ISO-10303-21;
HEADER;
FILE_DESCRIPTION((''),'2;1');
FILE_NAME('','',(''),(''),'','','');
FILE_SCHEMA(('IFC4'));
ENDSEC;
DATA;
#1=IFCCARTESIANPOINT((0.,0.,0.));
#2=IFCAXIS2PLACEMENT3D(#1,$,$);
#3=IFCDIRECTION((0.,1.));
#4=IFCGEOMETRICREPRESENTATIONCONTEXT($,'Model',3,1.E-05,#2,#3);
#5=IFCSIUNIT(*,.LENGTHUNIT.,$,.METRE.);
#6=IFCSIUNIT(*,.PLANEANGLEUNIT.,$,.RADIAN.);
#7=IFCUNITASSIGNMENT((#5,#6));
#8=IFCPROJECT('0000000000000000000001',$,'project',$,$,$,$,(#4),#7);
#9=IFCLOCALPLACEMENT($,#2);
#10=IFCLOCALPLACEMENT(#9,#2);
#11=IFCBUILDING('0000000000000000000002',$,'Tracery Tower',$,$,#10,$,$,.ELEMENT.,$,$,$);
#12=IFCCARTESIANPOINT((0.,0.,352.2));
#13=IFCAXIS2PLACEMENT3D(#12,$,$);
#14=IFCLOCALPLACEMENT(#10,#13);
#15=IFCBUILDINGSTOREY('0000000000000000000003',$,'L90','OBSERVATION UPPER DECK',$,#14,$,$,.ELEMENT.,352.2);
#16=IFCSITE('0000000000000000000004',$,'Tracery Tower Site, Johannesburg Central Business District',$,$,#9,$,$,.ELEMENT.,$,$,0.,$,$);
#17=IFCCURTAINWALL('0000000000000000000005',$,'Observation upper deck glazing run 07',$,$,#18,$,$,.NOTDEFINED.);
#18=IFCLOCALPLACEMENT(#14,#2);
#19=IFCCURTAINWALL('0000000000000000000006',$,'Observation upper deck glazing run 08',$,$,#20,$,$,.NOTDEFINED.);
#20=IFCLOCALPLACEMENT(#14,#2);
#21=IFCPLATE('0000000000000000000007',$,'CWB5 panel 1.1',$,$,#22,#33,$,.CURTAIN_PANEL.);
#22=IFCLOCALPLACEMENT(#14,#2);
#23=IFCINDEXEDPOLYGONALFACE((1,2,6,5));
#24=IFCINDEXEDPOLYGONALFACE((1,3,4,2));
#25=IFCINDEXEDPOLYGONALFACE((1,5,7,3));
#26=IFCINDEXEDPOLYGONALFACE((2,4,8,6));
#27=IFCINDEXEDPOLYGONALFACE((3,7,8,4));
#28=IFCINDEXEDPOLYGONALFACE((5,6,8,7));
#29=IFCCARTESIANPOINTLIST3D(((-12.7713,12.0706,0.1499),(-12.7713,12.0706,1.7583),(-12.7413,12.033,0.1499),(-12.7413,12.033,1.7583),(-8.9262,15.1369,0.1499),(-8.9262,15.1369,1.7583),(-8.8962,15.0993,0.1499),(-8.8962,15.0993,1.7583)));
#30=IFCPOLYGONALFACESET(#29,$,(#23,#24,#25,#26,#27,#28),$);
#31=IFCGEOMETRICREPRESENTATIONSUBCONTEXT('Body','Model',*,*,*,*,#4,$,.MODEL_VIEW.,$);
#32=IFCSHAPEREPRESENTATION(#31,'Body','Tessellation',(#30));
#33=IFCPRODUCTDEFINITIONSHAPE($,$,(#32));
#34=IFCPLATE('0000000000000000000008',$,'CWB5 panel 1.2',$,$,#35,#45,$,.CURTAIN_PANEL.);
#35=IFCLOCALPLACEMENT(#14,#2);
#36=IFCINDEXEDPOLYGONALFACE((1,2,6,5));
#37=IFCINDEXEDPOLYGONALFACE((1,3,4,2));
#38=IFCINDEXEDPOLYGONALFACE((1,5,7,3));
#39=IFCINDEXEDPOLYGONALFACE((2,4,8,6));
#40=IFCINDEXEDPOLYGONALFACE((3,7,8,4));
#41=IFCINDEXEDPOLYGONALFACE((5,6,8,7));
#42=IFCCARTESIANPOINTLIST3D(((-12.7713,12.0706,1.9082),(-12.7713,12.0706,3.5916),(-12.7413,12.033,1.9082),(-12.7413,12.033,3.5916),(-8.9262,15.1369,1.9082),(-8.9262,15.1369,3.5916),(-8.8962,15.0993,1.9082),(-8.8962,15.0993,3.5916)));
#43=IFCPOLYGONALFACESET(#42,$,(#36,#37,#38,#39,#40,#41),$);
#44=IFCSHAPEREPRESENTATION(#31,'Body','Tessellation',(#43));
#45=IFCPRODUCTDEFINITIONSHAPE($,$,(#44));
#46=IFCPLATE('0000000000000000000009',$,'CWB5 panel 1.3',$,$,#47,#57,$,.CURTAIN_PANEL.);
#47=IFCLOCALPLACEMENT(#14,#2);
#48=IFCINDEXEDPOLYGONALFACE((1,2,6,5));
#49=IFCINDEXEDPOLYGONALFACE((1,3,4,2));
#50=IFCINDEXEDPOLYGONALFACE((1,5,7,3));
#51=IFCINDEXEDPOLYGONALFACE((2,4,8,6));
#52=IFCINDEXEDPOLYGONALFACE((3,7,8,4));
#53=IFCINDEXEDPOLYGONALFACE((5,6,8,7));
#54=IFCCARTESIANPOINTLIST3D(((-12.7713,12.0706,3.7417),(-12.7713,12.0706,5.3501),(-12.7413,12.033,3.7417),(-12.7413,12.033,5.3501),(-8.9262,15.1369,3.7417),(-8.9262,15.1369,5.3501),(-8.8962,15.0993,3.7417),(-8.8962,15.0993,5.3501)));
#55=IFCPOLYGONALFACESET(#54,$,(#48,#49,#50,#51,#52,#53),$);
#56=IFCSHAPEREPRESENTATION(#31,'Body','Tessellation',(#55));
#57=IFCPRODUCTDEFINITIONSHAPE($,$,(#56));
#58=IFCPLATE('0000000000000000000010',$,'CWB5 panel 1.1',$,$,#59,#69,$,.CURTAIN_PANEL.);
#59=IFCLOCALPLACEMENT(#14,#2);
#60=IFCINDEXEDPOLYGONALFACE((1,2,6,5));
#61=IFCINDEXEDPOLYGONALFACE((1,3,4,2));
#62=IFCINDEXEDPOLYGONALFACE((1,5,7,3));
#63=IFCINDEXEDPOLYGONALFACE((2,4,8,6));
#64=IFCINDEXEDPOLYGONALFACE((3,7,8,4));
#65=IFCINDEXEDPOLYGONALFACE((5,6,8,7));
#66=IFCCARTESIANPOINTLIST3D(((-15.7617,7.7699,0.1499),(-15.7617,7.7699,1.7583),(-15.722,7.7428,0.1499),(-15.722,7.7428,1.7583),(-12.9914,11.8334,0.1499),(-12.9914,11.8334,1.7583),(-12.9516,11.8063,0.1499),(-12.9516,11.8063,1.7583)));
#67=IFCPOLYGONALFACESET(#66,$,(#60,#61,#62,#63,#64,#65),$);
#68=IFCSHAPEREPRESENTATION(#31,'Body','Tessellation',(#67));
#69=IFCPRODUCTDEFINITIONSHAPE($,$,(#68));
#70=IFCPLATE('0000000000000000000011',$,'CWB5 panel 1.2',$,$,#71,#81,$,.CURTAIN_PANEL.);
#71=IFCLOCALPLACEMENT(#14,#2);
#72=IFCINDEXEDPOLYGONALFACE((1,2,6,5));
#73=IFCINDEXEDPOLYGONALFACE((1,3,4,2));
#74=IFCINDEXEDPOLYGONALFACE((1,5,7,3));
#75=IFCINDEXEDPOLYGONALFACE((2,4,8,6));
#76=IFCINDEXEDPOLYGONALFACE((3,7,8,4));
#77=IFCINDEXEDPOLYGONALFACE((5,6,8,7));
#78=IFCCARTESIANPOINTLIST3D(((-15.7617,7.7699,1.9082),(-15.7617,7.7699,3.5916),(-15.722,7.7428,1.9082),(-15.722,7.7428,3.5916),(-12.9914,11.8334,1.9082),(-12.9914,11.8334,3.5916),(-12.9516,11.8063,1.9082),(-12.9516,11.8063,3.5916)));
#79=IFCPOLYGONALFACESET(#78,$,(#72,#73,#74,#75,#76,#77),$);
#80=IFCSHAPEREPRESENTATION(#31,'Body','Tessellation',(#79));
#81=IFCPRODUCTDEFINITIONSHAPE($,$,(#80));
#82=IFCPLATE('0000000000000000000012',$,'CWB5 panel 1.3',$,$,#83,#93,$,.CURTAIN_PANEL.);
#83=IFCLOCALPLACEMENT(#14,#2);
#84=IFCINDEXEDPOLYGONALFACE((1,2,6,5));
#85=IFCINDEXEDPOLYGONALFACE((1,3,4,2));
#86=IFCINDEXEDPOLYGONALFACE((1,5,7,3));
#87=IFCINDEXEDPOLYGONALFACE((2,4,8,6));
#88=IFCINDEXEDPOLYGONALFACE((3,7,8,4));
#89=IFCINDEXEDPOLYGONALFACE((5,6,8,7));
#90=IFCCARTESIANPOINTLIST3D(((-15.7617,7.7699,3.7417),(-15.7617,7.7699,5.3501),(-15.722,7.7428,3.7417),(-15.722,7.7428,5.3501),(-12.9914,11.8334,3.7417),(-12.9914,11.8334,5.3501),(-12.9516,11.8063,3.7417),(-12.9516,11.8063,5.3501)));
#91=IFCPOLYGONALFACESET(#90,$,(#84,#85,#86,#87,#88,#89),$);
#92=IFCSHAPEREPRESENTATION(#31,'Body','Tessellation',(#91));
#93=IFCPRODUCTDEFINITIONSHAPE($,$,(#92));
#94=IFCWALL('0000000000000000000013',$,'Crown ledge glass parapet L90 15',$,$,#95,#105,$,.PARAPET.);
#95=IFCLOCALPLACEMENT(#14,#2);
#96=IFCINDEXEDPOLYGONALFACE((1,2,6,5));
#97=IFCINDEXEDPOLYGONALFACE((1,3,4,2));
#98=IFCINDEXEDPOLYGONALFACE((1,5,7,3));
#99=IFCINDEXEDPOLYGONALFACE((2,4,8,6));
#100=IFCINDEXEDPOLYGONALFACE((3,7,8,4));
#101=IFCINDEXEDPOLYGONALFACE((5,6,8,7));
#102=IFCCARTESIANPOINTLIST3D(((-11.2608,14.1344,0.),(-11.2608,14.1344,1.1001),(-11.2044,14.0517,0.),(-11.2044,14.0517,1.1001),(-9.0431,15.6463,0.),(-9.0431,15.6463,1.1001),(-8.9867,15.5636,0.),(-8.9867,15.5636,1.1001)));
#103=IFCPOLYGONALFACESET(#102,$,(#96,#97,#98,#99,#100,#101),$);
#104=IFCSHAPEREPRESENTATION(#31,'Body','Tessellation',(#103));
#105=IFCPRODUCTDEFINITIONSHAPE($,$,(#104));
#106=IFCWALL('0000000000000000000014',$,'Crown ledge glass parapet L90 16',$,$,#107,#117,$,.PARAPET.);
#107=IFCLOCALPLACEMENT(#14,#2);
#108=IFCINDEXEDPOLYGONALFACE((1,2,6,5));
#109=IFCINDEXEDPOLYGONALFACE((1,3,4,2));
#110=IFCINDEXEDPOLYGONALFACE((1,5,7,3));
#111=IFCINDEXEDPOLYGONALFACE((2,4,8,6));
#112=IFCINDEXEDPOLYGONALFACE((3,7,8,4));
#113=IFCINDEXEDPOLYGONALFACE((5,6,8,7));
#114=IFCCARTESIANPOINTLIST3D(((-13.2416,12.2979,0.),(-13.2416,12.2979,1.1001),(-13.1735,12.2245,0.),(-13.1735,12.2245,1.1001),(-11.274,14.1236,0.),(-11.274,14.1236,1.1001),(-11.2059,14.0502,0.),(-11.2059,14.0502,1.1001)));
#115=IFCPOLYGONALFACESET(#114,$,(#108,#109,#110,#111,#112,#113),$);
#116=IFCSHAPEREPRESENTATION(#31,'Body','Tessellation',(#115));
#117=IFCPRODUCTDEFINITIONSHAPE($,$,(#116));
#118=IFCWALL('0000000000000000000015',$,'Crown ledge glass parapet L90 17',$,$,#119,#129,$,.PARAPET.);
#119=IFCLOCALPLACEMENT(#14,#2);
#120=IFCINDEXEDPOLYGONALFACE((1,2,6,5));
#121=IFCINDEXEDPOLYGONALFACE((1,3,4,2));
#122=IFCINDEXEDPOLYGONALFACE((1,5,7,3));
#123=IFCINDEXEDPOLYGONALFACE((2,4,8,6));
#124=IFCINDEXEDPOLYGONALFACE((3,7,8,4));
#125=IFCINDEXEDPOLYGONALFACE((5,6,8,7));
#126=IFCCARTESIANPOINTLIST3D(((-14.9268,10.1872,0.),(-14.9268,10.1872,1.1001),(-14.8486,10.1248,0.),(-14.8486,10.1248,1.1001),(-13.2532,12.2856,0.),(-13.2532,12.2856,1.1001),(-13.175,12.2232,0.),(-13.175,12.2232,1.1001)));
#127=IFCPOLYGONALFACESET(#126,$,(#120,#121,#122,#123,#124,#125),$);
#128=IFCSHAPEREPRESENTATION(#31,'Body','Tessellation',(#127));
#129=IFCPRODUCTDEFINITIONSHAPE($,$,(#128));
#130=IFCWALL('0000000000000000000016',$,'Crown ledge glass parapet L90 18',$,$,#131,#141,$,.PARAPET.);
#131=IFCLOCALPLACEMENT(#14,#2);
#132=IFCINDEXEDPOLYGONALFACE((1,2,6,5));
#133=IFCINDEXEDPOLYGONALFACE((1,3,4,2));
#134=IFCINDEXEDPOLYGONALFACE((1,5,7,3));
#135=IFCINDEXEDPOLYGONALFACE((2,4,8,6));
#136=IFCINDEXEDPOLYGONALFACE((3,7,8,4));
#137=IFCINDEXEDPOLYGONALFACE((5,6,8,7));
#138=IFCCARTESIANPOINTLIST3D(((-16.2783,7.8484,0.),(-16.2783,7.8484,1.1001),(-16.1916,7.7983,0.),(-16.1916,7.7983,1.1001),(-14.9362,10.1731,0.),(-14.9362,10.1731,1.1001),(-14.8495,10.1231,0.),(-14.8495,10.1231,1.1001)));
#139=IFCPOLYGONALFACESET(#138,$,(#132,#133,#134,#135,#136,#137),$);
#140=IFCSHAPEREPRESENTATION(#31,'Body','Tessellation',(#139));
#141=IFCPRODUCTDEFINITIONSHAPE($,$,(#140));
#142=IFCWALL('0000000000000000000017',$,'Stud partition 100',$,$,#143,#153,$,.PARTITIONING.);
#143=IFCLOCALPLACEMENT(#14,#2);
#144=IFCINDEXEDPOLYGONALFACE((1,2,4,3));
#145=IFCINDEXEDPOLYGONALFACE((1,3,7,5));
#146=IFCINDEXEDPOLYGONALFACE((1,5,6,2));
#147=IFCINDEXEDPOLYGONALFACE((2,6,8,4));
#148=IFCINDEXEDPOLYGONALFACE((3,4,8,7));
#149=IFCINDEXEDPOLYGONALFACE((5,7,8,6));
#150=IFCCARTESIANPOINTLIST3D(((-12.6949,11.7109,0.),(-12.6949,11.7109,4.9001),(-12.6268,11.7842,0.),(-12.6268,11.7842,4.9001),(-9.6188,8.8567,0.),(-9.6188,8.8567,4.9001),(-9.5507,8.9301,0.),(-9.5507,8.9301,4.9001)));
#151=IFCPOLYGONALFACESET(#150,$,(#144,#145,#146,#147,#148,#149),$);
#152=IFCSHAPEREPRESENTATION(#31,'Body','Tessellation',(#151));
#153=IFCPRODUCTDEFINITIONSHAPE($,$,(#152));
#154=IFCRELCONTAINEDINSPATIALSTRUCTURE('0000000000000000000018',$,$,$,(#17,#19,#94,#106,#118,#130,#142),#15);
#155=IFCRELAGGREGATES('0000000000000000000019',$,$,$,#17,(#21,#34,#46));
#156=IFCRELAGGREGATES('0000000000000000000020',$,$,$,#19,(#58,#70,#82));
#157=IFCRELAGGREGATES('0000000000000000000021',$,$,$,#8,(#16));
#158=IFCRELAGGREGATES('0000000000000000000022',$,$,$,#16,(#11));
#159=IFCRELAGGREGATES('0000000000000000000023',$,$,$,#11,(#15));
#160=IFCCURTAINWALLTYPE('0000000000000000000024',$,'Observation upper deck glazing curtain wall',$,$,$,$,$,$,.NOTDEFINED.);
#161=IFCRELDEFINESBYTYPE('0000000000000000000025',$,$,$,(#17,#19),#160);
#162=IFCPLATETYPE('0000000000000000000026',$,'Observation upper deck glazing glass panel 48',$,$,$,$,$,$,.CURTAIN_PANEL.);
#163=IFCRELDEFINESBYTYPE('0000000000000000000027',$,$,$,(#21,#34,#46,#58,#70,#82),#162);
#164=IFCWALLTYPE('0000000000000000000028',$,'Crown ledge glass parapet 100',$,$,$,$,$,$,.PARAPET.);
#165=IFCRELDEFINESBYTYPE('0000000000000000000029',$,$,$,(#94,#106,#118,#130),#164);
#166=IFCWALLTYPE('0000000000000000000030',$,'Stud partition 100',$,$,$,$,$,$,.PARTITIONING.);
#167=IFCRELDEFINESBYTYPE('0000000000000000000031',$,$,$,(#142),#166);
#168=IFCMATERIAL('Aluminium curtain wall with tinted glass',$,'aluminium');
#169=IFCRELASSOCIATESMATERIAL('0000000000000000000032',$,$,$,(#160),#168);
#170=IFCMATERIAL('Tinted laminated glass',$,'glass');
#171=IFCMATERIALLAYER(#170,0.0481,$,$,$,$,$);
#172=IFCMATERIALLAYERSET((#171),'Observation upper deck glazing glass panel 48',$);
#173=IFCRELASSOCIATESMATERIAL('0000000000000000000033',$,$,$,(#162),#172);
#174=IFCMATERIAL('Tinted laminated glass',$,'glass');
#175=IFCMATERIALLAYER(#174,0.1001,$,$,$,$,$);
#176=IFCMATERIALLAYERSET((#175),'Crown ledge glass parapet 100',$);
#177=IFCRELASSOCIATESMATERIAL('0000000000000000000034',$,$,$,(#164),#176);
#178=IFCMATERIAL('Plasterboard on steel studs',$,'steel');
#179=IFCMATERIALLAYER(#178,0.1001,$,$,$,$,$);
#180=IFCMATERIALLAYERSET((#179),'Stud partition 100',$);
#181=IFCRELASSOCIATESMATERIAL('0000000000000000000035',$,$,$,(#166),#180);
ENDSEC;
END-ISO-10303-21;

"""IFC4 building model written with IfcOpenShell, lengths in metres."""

from ifc_helpers import new_model, si_unit, direction, frame, frame_2d, origin, origin_2d, place, context, subcontext, project, spatial, rectangle, extrude, material, layer, layer_set, type_object, element, aggregate, save


model = new_model("IFC4")

# Units and contexts
model_context = context("Model", 3, precision=1e-05, world=origin(), true_north=direction((0.0, 1.0)))
body_context = subcontext(model_context, "Body", "Model", "MODEL_VIEW")
ifc_project = project(units=[si_unit("LENGTHUNIT", "METRE"), si_unit("PLANEANGLEUNIT", "RADIAN")], contexts=[model_context])

# Site, building, storey
site_placement = place(None, origin())
site = spatial("IfcSite", under=ifc_project, at=site_placement, Name="Tracery Tower Site, Johannesburg Central Business District", CompositionType="ELEMENT", RefElevation=0.0)
building_placement = place(site_placement, origin())
building = spatial("IfcBuilding", under=site, at=building_placement, Name="Tracery Tower", CompositionType="ELEMENT")
storey_placement = place(building_placement, frame((0.0, 0.0, 352.2)))
storey = spatial("IfcBuildingStorey", under=building, at=storey_placement, Name="L90", Description="OBSERVATION UPPER DECK", CompositionType="ELEMENT", Elevation=352.2)

# Curtain walls
ifc_material_1 = material(Name="Aluminium curtain wall with tinted glass", Category="aluminium")
curtain_wall_type = type_object("IfcCurtainWallType", Name="Observation upper deck glazing curtain wall", PredefinedType="NOTDEFINED", material=ifc_material_1)
curtain_wall_1_placement = place(storey_placement, origin())
curtain_wall_1 = element("IfcCurtainWall", 1, at=curtain_wall_1_placement, inside=storey, type_object=curtain_wall_type, Name="Observation upper deck glazing run 07", PredefinedType="NOTDEFINED")
curtain_wall_2_placement = place(storey_placement, origin())
curtain_wall_2 = element("IfcCurtainWall", 2, at=curtain_wall_2_placement, inside=storey, type_object=curtain_wall_type, Name="Observation upper deck glazing run 08", PredefinedType="NOTDEFINED")

# Plates
ifc_material_2 = material(Name="Tinted laminated glass", Category="glass")
ifc_layer_1 = layer(ifc_material_2, 0.0481)
ifc_layer_set_1 = layer_set([ifc_layer_1], Name="Observation upper deck glazing glass panel 48")
plate_type = type_object("IfcPlateType", Name="Observation upper deck glazing glass panel 48", PredefinedType="CURTAIN_PANEL", material=ifc_layer_set_1)
plate_1_placement = place(storey_placement, frame((-10.8337, 13.585, 0.1499), z_axis=(0.0, 0.0, 1.0), x_axis=(-0.781838, -0.623481, 0.0)))
plate_1 = element("IfcPlate", 3, at=plate_1_placement, type_object=plate_type, Name="CWB5 panel 1.1", PredefinedType="CURTAIN_PANEL", context=body_context, shape_type="SweptSolid", body=[
    extrude(rectangle(XDim=4.918, YDim=0.0481, at=origin_2d()), origin(), (0.0, 0.0, 1.0), 1.6084),
])
plate_2_placement = place(storey_placement, frame((-10.8337, 13.585, 1.9082), z_axis=(0.0, 0.0, 1.0), x_axis=(-0.781838, -0.623481, 0.0)))
plate_2 = element("IfcPlate", 4, at=plate_2_placement, type_object=plate_type, Name="CWB5 panel 1.2", PredefinedType="CURTAIN_PANEL", context=body_context, shape_type="SweptSolid", body=[
    extrude(rectangle(XDim=4.918, YDim=0.0481, at=origin_2d()), origin(), (0.0, 0.0, 1.0), 1.6833),
])
plate_3_placement = place(storey_placement, frame((-10.8337, 13.585, 3.7417), z_axis=(0.0, 0.0, 1.0), x_axis=(-0.781838, -0.623481, 0.0)))
plate_3 = element("IfcPlate", 5, at=plate_3_placement, type_object=plate_type, Name="CWB5 panel 1.3", PredefinedType="CURTAIN_PANEL", context=body_context, shape_type="SweptSolid", body=[
    extrude(rectangle(XDim=4.918, YDim=0.0481, at=origin_2d()), origin(), (0.0, 0.0, 1.0), 1.6084),
])
aggregate(curtain_wall_1, [plate_1, plate_2, plate_3])
plate_4_placement = place(storey_placement, frame((-14.3567, 9.7881, 0.1499), z_axis=(0.0, 0.0, 1.0), x_axis=(-0.563314, -0.826243, 0.0)))
plate_4 = element("IfcPlate", 6, at=plate_4_placement, type_object=plate_type, Name="CWB5 panel 1.1", PredefinedType="CURTAIN_PANEL", context=body_context, shape_type="SweptSolid", body=[
    extrude(rectangle(XDim=4.918, YDim=0.0481, at=origin_2d()), origin(), (0.0, 0.0, 1.0), 1.6084),
])
plate_5_placement = place(storey_placement, frame((-14.3567, 9.7881, 1.9082), z_axis=(0.0, 0.0, 1.0), x_axis=(-0.563314, -0.826243, 0.0)))
plate_5 = element("IfcPlate", 7, at=plate_5_placement, type_object=plate_type, Name="CWB5 panel 1.2", PredefinedType="CURTAIN_PANEL", context=body_context, shape_type="SweptSolid", body=[
    extrude(rectangle(XDim=4.918, YDim=0.0481, at=origin_2d()), origin(), (0.0, 0.0, 1.0), 1.6833),
])
plate_6_placement = place(storey_placement, frame((-14.3567, 9.7881, 3.7417), z_axis=(0.0, 0.0, 1.0), x_axis=(-0.563314, -0.826243, 0.0)))
plate_6 = element("IfcPlate", 8, at=plate_6_placement, type_object=plate_type, Name="CWB5 panel 1.3", PredefinedType="CURTAIN_PANEL", context=body_context, shape_type="SweptSolid", body=[
    extrude(rectangle(XDim=4.918, YDim=0.0481, at=origin_2d()), origin(), (0.0, 0.0, 1.0), 1.6084),
])
aggregate(curtain_wall_2, [plate_4, plate_5, plate_6])

# Walls
ifc_material_3 = material(Name="Tinted laminated glass", Category="glass")
ifc_layer_2 = layer(ifc_material_3, 0.1001)
ifc_layer_set_2 = layer_set([ifc_layer_2], Name="Crown ledge glass parapet 100")
wall_type_1 = type_object("IfcWallType", Name="Crown ledge glass parapet 100", PredefinedType="PARAPET", material=ifc_layer_set_2)
for number, where, z_axis, x_axis, name in (
    (9, (-9.0149, 15.605, 0.0), (0.0, 0.0, 1.0), (-0.826254, -0.563297, 0.0), "Crown ledge glass parapet L90 15"),
    (10, (-11.24, 14.0869, 0.0), (0.0, 0.0, 1.0), (-0.733036, -0.680189, 0.0), "Crown ledge glass parapet L90 16"),
    (11, (-13.2141, 12.2544, 0.0), (0.0, 0.0, 1.0), (-0.62353, -0.7818, 0.0), "Crown ledge glass parapet L90 17"),
):
    element("IfcWall", number, at=place(storey_placement, frame(where, z_axis=z_axis, x_axis=x_axis)), inside=storey, type_object=wall_type_1, Name=name, PredefinedType="PARAPET", context=body_context, shape_type="SweptSolid", body=[
        extrude(rectangle(XDim=2.6841, YDim=0.1001, at=frame_2d((1.342, 0.0))), origin(), (0.0, 0.0, 1.0), 1.1001),
    ])
wall_1_placement = place(storey_placement, frame((-14.8928, 10.1482, 0.0), z_axis=(0.0, 0.0, 1.0), x_axis=(-0.499964, -0.866046, 0.0)))
element("IfcWall", 12, at=wall_1_placement, inside=storey, type_object=wall_type_1, Name="Crown ledge glass parapet L90 18", PredefinedType="PARAPET", context=body_context, shape_type="SweptSolid", body=[
    extrude(rectangle(XDim=2.6843, YDim=0.1001, at=frame_2d((1.3423, 0.0))), origin(), (0.0, 0.0, 1.0), 1.1001),
])
ifc_material_4 = material(Name="Plasterboard on steel studs", Category="steel")
ifc_layer_3 = layer(ifc_material_4, 0.1001)
ifc_layer_set_3 = layer_set([ifc_layer_3], Name="Stud partition 100")
wall_type_2 = type_object("IfcWallType", Name="Stud partition 100", PredefinedType="PARTITIONING", material=ifc_layer_set_3)
wall_2_placement = place(storey_placement, frame((-12.6609, 11.7476, 0.0), z_axis=(0.0, 0.0, 1.0), x_axis=(0.733055, -0.68017, 0.0)))
element("IfcWall", 13, at=wall_2_placement, inside=storey, type_object=wall_type_2, Name="Stud partition 100", PredefinedType="PARTITIONING", context=body_context, shape_type="SweptSolid", body=[
    extrude(rectangle(XDim=4.1963, YDim=0.1001, at=frame_2d((2.0981, 0.0))), origin(), (0.0, 0.0, 1.0), 4.9001),
])

save(model, "model.ifc")
